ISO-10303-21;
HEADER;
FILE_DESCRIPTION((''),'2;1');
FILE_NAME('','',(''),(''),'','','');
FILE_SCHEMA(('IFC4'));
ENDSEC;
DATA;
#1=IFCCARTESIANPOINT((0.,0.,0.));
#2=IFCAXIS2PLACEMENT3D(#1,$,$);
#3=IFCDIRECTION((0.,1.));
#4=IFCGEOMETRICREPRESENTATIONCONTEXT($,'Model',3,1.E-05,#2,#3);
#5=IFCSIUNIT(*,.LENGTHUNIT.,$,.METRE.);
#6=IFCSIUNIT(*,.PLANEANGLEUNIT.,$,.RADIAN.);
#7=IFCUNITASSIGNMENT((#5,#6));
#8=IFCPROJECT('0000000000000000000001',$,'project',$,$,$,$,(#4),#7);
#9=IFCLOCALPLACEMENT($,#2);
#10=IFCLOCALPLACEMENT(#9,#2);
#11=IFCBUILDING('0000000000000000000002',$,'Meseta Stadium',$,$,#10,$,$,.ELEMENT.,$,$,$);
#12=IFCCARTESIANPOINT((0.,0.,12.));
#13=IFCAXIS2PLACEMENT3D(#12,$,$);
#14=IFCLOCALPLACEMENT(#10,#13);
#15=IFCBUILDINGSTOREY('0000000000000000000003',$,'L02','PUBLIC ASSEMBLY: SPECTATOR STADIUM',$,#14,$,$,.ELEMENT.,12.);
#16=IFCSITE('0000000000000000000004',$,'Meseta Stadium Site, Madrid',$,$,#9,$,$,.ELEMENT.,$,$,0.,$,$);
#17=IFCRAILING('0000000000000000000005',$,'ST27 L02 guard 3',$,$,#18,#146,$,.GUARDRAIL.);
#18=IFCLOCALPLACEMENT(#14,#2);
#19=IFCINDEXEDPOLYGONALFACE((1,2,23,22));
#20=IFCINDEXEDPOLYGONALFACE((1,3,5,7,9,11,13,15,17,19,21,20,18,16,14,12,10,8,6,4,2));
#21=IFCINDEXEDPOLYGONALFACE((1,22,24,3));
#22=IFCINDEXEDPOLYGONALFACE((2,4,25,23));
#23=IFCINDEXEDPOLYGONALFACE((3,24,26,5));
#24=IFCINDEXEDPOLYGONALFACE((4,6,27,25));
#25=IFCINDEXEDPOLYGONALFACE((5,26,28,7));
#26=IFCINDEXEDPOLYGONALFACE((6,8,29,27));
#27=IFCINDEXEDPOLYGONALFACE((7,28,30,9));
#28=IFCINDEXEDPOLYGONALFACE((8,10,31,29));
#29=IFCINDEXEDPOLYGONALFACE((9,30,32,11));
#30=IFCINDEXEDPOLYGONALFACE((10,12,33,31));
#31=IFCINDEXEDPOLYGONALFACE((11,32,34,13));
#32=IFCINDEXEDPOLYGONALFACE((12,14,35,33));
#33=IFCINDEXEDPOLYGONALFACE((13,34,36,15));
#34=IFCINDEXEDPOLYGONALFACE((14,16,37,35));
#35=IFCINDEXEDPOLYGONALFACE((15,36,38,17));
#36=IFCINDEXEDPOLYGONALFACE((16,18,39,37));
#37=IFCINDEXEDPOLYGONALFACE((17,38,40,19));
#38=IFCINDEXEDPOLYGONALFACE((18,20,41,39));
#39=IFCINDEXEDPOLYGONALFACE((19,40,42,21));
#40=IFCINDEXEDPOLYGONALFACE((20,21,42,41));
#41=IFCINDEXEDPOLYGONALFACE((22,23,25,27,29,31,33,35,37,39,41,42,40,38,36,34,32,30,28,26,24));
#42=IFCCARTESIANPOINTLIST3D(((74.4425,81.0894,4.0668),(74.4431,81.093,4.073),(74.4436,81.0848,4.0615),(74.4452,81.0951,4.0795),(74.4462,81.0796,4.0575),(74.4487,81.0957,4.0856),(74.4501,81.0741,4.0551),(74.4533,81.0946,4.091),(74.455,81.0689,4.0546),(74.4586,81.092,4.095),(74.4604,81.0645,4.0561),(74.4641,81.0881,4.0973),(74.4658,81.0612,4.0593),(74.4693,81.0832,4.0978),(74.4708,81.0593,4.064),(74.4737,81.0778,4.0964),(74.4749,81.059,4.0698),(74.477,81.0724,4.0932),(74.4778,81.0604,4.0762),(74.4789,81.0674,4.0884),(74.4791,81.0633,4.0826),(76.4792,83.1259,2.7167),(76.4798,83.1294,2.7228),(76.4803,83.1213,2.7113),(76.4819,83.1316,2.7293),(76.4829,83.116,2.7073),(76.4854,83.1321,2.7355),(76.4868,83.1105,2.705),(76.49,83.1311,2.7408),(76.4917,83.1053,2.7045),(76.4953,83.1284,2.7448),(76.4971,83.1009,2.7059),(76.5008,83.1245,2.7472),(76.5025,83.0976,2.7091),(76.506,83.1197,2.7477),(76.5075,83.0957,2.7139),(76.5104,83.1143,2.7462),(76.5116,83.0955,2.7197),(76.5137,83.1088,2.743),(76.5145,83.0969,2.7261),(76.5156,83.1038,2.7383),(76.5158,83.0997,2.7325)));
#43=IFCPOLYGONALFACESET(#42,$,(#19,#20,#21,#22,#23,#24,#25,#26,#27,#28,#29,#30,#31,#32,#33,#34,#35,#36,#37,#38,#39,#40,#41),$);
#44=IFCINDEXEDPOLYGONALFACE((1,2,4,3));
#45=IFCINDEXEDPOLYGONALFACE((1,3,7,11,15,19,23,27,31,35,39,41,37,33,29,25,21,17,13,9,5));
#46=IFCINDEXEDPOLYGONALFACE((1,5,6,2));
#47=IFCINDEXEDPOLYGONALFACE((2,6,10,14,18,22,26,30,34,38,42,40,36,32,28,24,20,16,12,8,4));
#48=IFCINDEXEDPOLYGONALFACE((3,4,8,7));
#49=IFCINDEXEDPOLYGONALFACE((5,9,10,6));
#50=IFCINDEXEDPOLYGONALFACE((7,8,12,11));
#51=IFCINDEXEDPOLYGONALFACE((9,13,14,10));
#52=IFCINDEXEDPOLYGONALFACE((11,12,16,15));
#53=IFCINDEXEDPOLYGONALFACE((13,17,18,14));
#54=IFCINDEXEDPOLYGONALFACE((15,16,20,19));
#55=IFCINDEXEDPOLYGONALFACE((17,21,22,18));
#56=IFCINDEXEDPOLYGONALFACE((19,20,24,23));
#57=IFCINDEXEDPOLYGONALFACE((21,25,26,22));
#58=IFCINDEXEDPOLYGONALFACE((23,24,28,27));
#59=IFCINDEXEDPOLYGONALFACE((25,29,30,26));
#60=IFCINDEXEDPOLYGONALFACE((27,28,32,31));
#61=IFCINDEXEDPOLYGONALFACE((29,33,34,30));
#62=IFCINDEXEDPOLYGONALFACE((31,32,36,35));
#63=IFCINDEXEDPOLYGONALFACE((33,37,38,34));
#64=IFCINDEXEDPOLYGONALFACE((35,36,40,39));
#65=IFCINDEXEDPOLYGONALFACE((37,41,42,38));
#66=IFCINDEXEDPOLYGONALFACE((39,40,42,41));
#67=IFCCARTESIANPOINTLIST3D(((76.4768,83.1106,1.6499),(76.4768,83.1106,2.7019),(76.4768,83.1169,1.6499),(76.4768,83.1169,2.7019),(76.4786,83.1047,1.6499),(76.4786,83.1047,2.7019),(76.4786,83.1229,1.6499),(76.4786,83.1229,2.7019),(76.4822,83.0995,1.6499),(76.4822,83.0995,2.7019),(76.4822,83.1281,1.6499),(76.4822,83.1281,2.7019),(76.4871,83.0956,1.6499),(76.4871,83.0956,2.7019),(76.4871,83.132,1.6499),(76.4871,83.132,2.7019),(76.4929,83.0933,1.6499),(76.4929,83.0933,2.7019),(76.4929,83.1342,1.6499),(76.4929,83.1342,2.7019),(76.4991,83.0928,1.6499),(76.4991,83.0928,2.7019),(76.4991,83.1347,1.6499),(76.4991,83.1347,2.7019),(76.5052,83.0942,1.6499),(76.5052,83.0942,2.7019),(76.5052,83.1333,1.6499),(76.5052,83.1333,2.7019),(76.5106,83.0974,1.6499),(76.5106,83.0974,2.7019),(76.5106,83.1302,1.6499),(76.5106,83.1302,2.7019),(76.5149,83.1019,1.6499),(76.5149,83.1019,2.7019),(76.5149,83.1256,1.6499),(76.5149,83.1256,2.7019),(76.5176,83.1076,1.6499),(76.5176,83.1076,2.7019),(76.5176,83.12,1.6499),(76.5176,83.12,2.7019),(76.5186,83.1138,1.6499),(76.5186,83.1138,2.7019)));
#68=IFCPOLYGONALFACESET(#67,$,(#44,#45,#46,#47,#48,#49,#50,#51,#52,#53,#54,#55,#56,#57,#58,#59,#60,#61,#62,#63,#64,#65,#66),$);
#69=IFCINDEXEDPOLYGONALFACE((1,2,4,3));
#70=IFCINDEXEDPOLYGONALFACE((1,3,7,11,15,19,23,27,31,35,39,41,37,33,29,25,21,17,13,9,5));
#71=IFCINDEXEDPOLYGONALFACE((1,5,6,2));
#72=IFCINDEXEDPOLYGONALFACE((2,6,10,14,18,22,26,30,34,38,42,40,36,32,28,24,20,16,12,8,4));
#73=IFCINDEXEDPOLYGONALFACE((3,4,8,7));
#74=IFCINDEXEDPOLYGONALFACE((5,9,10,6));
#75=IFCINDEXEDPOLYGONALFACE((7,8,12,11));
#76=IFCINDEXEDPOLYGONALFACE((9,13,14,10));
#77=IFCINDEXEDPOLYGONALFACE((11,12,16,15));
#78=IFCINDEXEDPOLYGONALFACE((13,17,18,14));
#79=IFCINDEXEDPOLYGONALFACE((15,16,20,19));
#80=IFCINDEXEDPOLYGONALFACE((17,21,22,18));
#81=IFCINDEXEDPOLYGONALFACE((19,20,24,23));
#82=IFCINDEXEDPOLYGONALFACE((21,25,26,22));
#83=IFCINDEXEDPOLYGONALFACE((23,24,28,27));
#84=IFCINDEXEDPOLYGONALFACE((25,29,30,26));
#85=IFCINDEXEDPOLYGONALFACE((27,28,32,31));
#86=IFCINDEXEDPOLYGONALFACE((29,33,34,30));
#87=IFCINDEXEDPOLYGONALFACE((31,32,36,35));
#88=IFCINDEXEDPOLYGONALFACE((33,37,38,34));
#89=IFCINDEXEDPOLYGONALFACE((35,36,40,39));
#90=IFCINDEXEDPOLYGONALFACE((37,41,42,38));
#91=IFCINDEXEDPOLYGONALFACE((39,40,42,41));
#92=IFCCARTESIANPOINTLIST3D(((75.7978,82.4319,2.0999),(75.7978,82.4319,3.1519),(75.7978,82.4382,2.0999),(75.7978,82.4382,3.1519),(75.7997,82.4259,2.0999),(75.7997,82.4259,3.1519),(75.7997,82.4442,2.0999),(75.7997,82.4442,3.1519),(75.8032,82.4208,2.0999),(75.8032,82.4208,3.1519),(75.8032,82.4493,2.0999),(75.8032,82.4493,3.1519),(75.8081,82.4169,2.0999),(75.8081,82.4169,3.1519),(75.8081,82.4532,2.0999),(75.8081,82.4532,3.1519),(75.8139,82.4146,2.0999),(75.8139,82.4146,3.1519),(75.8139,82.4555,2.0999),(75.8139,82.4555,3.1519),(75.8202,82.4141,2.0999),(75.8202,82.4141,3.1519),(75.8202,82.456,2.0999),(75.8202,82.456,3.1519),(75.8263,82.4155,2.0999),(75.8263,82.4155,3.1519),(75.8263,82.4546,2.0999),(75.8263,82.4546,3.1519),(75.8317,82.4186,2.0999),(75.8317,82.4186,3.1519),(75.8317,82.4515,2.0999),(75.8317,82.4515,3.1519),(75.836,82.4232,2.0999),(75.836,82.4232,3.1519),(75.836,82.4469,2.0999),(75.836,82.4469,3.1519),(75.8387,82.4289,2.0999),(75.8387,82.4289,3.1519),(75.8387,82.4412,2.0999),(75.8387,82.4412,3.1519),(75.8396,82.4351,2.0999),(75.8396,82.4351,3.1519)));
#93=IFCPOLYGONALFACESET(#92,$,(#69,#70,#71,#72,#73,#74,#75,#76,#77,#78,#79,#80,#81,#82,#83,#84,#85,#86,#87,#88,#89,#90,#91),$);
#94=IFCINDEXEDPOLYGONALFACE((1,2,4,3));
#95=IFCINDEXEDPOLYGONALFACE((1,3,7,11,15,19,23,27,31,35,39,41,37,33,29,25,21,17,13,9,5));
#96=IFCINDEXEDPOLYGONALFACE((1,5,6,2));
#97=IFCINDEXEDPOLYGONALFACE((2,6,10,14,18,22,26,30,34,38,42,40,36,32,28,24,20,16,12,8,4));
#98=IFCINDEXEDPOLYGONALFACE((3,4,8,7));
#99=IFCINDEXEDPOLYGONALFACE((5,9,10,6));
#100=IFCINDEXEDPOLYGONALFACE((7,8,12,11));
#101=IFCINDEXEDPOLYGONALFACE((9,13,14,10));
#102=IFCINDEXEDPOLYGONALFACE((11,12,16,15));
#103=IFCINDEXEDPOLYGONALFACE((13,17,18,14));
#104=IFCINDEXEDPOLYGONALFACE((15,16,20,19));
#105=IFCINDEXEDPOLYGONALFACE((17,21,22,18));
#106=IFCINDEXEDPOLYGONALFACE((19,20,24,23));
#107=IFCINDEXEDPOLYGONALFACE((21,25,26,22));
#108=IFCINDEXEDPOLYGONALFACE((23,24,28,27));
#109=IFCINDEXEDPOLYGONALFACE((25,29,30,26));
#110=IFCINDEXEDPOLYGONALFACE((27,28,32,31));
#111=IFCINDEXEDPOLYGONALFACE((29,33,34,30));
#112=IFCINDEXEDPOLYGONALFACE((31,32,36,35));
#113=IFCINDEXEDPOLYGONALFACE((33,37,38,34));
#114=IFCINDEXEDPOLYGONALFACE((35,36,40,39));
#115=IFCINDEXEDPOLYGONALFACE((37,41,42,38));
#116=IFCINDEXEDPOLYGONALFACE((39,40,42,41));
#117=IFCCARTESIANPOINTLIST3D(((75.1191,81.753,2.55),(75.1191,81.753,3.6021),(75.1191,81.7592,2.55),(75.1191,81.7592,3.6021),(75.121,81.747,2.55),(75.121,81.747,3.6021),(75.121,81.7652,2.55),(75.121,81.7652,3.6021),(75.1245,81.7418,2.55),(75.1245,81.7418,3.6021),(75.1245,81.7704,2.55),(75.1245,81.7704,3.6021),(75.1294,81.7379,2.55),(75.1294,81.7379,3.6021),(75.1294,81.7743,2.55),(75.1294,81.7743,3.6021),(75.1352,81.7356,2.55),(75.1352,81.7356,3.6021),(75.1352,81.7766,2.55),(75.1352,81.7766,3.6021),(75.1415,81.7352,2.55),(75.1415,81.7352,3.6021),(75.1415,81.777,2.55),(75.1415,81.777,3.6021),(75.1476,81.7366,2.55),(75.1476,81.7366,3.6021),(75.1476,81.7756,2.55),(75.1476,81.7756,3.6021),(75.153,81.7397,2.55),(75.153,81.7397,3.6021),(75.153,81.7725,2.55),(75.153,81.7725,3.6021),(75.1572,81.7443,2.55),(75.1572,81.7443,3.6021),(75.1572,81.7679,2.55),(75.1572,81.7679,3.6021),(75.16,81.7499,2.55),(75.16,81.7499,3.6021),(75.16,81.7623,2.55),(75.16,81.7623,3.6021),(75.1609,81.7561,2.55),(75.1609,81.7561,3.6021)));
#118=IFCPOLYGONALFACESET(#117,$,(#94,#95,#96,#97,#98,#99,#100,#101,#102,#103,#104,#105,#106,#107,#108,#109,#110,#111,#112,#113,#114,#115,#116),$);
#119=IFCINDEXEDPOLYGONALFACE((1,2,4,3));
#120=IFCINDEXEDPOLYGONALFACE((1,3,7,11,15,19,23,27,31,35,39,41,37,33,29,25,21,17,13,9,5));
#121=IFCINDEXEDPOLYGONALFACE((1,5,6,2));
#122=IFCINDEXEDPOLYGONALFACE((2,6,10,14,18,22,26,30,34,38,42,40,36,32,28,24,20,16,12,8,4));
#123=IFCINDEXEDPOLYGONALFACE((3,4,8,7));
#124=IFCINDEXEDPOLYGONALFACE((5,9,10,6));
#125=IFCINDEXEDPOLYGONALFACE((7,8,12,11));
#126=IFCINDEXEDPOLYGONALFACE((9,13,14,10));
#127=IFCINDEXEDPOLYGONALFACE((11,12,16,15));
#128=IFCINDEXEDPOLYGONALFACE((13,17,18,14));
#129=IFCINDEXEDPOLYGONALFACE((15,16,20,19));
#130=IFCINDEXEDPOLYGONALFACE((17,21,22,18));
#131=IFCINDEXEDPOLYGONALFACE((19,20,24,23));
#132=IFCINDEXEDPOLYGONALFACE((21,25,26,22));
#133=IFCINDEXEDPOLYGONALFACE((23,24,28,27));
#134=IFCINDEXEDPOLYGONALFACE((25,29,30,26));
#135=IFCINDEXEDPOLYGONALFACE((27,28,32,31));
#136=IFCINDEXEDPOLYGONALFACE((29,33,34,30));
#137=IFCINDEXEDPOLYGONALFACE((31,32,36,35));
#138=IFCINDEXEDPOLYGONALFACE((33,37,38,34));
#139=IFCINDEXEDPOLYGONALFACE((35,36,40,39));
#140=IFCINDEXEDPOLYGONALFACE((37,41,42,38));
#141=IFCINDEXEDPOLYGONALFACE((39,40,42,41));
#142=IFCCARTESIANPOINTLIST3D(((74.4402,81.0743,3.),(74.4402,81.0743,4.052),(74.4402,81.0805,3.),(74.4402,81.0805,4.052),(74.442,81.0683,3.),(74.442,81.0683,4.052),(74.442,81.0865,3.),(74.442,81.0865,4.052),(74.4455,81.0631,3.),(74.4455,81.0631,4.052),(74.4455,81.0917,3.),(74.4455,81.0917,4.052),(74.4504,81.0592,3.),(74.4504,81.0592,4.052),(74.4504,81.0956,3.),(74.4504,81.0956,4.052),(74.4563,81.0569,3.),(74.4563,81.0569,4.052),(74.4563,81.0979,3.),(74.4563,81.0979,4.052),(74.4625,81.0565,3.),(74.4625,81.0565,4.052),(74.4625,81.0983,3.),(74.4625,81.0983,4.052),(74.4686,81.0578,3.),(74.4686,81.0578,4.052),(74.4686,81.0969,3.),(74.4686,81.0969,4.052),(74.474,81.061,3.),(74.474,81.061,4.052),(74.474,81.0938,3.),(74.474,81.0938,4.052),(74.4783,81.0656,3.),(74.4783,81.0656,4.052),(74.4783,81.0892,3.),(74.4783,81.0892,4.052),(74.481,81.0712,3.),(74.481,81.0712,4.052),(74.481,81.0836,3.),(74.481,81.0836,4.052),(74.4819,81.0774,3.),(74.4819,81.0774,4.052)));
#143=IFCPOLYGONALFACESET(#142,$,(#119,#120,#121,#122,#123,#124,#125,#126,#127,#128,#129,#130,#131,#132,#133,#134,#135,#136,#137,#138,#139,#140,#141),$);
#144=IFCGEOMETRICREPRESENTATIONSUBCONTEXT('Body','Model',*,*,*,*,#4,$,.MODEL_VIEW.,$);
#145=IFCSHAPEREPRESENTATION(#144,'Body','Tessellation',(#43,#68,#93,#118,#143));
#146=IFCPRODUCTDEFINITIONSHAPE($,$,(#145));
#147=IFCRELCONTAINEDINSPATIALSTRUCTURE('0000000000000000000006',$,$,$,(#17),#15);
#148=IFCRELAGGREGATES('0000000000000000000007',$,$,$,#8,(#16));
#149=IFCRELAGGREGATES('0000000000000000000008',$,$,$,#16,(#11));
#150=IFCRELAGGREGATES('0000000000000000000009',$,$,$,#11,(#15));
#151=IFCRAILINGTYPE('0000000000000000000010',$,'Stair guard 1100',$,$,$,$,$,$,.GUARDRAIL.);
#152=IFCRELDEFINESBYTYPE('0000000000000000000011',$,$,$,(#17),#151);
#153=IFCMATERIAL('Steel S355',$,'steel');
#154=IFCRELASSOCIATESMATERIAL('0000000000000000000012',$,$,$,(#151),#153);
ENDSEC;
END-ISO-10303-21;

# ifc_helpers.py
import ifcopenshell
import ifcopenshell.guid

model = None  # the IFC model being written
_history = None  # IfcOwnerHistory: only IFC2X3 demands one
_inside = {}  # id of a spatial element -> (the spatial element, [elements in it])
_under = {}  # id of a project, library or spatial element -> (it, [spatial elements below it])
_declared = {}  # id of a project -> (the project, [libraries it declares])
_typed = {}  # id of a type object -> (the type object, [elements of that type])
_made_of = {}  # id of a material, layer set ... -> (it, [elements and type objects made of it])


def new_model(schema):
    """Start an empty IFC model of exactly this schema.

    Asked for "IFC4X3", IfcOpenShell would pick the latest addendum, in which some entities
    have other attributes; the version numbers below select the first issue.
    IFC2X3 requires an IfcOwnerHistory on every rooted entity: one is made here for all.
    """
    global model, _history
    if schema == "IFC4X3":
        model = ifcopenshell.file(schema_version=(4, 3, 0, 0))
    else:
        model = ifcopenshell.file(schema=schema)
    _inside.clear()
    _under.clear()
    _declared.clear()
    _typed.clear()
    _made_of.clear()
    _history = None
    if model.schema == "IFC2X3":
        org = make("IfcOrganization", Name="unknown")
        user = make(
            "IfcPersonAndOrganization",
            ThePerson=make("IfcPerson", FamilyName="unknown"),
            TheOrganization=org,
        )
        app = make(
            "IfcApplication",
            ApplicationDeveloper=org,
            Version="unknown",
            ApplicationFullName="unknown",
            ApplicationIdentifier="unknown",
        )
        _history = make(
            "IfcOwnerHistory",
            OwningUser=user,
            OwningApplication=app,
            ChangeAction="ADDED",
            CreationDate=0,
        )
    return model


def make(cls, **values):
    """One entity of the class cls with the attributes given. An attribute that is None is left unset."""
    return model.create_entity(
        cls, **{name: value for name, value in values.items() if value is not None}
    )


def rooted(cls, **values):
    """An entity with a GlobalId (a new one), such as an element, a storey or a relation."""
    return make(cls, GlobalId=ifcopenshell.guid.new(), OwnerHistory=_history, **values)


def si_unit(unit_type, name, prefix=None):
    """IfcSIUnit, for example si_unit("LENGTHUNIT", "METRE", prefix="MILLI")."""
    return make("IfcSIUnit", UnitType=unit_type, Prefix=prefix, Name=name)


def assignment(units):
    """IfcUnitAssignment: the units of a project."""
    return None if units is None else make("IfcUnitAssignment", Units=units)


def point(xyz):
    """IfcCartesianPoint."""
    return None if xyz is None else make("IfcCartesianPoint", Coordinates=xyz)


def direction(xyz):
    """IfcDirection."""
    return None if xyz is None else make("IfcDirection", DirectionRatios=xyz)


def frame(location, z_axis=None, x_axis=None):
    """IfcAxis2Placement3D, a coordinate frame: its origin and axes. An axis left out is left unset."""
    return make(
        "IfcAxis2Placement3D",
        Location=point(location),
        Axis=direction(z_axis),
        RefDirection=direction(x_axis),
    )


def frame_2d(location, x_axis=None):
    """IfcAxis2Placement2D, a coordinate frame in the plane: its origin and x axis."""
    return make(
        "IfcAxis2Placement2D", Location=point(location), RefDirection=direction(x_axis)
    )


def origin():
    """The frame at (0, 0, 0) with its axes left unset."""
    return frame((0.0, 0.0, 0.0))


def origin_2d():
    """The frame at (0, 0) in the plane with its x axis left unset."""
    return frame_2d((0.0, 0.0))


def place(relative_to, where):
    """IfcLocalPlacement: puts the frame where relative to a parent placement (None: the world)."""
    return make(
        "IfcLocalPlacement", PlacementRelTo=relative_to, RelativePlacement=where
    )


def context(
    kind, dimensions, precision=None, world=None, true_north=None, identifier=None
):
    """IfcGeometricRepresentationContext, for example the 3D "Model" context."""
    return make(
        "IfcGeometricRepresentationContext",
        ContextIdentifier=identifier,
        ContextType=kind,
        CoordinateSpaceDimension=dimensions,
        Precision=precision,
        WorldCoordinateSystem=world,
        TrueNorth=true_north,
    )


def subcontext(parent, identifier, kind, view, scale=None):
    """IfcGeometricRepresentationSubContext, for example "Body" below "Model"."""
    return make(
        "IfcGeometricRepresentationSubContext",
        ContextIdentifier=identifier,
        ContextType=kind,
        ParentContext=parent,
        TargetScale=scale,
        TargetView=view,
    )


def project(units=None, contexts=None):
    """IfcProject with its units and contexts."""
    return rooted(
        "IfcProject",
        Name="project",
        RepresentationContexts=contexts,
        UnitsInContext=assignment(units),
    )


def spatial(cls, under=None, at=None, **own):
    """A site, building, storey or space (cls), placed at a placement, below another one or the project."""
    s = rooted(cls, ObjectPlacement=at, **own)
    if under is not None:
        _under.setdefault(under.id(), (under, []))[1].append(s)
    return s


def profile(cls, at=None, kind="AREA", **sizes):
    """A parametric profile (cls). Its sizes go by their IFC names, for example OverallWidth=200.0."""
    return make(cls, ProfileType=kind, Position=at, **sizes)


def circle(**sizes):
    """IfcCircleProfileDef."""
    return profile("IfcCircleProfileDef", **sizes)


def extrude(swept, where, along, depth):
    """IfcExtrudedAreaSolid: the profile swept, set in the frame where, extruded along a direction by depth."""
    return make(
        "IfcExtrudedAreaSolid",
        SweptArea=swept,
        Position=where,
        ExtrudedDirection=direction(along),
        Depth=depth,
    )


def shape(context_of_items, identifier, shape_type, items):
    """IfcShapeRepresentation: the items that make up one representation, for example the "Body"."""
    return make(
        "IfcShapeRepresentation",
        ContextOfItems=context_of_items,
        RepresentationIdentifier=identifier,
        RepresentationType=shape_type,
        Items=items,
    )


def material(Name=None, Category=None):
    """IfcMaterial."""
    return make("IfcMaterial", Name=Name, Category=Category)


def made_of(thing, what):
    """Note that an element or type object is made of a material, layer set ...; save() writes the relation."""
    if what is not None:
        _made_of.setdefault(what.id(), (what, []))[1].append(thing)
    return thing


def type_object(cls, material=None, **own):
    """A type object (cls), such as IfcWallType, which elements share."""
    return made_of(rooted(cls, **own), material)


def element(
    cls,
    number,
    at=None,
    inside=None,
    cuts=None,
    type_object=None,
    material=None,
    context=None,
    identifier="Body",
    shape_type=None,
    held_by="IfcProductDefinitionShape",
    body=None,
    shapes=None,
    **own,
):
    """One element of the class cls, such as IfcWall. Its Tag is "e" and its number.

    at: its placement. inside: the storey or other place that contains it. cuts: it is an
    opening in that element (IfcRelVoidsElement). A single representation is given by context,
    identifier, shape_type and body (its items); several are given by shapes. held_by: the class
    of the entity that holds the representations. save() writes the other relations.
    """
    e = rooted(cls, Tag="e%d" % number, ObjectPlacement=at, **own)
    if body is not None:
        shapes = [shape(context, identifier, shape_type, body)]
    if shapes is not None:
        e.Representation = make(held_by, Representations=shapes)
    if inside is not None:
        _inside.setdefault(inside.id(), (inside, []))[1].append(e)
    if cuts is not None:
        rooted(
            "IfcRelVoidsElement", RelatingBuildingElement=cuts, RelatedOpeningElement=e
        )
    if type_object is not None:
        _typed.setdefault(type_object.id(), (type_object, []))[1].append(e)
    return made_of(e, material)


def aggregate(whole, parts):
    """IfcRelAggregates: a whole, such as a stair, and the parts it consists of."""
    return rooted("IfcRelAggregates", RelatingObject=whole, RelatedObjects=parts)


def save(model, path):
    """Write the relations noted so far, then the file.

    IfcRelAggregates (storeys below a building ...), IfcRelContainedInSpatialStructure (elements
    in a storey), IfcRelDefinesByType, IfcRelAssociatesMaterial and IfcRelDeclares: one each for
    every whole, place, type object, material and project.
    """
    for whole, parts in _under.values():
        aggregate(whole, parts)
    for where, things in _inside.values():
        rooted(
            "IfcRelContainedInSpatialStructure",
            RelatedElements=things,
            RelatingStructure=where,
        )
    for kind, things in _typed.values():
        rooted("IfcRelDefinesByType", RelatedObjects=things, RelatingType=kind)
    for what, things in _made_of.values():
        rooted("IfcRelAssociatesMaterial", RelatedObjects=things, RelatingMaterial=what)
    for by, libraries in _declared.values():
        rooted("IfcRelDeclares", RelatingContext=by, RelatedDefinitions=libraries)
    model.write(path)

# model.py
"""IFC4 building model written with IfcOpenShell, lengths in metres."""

from ifc_helpers import new_model, si_unit, direction, frame, origin, origin_2d, place, context, subcontext, project, spatial, circle, extrude, material, type_object, element, save


model = new_model("IFC4")

# Units and contexts
model_context = context("Model", 3, precision=1e-05, world=origin(), true_north=direction((0.0, 1.0)))
body_context = subcontext(model_context, "Body", "Model", "MODEL_VIEW")
ifc_project = project(units=[si_unit("LENGTHUNIT", "METRE"), si_unit("PLANEANGLEUNIT", "RADIAN")], contexts=[model_context])

# Site, building, storey
site_placement = place(None, origin())
site = spatial("IfcSite", under=ifc_project, at=site_placement, Name="Meseta Stadium Site, Madrid", CompositionType="ELEMENT", RefElevation=0.0)
building_placement = place(site_placement, origin())
building = spatial("IfcBuilding", under=site, at=building_placement, Name="Meseta Stadium", CompositionType="ELEMENT")
storey_placement = place(building_placement, frame((0.0, 0.0, 12.0)))
storey = spatial("IfcBuildingStorey", under=building, at=storey_placement, Name="L02", Description="PUBLIC ASSEMBLY: SPECTATOR STADIUM", CompositionType="ELEMENT", Elevation=12.0)

# Railing
ifc_material_1 = material(Name="Steel S355", Category="steel")
railing_type_1 = type_object("IfcRailingType", Name="Stair guard 1100", PredefinedType="GUARDRAIL", material=ifc_material_1)
railing_1_placement = place(storey_placement, frame((76.4976, 83.1138, 1.6499)))
element("IfcRailing", 1, at=railing_1_placement, inside=storey, type_object=railing_type_1, Name="ST27 L02 guard 3", PredefinedType="GUARDRAIL", context=body_context, shape_type="SweptSolid", body=[
    extrude(circle(Radius=0.0239, at=origin_2d()), frame((0.0, 0.0, 1.0762), z_axis=(-0.640288, -0.640211, 0.424454), x_axis=(0.707064, -0.707149, 0.0)), (0.0, 0.0, 1.0), 3.1809),
    extrude(circle(Radius=0.021, at=origin_2d()), origin(), (0.0, 0.0, 1.0), 1.052),
    extrude(circle(Radius=0.021, at=origin_2d()), frame((-0.679, -0.6787, 0.45)), (0.0, 0.0, 1.0), 1.052),
    extrude(circle(Radius=0.021, at=origin_2d()), frame((-1.3577, -1.3577, 0.9001)), (0.0, 0.0, 1.0), 1.052),
    extrude(circle(Radius=0.021, at=origin_2d()), frame((-2.0366, -2.0364, 1.3501)), (0.0, 0.0, 1.0), 1.052),
])

save(model, "model.ifc")
